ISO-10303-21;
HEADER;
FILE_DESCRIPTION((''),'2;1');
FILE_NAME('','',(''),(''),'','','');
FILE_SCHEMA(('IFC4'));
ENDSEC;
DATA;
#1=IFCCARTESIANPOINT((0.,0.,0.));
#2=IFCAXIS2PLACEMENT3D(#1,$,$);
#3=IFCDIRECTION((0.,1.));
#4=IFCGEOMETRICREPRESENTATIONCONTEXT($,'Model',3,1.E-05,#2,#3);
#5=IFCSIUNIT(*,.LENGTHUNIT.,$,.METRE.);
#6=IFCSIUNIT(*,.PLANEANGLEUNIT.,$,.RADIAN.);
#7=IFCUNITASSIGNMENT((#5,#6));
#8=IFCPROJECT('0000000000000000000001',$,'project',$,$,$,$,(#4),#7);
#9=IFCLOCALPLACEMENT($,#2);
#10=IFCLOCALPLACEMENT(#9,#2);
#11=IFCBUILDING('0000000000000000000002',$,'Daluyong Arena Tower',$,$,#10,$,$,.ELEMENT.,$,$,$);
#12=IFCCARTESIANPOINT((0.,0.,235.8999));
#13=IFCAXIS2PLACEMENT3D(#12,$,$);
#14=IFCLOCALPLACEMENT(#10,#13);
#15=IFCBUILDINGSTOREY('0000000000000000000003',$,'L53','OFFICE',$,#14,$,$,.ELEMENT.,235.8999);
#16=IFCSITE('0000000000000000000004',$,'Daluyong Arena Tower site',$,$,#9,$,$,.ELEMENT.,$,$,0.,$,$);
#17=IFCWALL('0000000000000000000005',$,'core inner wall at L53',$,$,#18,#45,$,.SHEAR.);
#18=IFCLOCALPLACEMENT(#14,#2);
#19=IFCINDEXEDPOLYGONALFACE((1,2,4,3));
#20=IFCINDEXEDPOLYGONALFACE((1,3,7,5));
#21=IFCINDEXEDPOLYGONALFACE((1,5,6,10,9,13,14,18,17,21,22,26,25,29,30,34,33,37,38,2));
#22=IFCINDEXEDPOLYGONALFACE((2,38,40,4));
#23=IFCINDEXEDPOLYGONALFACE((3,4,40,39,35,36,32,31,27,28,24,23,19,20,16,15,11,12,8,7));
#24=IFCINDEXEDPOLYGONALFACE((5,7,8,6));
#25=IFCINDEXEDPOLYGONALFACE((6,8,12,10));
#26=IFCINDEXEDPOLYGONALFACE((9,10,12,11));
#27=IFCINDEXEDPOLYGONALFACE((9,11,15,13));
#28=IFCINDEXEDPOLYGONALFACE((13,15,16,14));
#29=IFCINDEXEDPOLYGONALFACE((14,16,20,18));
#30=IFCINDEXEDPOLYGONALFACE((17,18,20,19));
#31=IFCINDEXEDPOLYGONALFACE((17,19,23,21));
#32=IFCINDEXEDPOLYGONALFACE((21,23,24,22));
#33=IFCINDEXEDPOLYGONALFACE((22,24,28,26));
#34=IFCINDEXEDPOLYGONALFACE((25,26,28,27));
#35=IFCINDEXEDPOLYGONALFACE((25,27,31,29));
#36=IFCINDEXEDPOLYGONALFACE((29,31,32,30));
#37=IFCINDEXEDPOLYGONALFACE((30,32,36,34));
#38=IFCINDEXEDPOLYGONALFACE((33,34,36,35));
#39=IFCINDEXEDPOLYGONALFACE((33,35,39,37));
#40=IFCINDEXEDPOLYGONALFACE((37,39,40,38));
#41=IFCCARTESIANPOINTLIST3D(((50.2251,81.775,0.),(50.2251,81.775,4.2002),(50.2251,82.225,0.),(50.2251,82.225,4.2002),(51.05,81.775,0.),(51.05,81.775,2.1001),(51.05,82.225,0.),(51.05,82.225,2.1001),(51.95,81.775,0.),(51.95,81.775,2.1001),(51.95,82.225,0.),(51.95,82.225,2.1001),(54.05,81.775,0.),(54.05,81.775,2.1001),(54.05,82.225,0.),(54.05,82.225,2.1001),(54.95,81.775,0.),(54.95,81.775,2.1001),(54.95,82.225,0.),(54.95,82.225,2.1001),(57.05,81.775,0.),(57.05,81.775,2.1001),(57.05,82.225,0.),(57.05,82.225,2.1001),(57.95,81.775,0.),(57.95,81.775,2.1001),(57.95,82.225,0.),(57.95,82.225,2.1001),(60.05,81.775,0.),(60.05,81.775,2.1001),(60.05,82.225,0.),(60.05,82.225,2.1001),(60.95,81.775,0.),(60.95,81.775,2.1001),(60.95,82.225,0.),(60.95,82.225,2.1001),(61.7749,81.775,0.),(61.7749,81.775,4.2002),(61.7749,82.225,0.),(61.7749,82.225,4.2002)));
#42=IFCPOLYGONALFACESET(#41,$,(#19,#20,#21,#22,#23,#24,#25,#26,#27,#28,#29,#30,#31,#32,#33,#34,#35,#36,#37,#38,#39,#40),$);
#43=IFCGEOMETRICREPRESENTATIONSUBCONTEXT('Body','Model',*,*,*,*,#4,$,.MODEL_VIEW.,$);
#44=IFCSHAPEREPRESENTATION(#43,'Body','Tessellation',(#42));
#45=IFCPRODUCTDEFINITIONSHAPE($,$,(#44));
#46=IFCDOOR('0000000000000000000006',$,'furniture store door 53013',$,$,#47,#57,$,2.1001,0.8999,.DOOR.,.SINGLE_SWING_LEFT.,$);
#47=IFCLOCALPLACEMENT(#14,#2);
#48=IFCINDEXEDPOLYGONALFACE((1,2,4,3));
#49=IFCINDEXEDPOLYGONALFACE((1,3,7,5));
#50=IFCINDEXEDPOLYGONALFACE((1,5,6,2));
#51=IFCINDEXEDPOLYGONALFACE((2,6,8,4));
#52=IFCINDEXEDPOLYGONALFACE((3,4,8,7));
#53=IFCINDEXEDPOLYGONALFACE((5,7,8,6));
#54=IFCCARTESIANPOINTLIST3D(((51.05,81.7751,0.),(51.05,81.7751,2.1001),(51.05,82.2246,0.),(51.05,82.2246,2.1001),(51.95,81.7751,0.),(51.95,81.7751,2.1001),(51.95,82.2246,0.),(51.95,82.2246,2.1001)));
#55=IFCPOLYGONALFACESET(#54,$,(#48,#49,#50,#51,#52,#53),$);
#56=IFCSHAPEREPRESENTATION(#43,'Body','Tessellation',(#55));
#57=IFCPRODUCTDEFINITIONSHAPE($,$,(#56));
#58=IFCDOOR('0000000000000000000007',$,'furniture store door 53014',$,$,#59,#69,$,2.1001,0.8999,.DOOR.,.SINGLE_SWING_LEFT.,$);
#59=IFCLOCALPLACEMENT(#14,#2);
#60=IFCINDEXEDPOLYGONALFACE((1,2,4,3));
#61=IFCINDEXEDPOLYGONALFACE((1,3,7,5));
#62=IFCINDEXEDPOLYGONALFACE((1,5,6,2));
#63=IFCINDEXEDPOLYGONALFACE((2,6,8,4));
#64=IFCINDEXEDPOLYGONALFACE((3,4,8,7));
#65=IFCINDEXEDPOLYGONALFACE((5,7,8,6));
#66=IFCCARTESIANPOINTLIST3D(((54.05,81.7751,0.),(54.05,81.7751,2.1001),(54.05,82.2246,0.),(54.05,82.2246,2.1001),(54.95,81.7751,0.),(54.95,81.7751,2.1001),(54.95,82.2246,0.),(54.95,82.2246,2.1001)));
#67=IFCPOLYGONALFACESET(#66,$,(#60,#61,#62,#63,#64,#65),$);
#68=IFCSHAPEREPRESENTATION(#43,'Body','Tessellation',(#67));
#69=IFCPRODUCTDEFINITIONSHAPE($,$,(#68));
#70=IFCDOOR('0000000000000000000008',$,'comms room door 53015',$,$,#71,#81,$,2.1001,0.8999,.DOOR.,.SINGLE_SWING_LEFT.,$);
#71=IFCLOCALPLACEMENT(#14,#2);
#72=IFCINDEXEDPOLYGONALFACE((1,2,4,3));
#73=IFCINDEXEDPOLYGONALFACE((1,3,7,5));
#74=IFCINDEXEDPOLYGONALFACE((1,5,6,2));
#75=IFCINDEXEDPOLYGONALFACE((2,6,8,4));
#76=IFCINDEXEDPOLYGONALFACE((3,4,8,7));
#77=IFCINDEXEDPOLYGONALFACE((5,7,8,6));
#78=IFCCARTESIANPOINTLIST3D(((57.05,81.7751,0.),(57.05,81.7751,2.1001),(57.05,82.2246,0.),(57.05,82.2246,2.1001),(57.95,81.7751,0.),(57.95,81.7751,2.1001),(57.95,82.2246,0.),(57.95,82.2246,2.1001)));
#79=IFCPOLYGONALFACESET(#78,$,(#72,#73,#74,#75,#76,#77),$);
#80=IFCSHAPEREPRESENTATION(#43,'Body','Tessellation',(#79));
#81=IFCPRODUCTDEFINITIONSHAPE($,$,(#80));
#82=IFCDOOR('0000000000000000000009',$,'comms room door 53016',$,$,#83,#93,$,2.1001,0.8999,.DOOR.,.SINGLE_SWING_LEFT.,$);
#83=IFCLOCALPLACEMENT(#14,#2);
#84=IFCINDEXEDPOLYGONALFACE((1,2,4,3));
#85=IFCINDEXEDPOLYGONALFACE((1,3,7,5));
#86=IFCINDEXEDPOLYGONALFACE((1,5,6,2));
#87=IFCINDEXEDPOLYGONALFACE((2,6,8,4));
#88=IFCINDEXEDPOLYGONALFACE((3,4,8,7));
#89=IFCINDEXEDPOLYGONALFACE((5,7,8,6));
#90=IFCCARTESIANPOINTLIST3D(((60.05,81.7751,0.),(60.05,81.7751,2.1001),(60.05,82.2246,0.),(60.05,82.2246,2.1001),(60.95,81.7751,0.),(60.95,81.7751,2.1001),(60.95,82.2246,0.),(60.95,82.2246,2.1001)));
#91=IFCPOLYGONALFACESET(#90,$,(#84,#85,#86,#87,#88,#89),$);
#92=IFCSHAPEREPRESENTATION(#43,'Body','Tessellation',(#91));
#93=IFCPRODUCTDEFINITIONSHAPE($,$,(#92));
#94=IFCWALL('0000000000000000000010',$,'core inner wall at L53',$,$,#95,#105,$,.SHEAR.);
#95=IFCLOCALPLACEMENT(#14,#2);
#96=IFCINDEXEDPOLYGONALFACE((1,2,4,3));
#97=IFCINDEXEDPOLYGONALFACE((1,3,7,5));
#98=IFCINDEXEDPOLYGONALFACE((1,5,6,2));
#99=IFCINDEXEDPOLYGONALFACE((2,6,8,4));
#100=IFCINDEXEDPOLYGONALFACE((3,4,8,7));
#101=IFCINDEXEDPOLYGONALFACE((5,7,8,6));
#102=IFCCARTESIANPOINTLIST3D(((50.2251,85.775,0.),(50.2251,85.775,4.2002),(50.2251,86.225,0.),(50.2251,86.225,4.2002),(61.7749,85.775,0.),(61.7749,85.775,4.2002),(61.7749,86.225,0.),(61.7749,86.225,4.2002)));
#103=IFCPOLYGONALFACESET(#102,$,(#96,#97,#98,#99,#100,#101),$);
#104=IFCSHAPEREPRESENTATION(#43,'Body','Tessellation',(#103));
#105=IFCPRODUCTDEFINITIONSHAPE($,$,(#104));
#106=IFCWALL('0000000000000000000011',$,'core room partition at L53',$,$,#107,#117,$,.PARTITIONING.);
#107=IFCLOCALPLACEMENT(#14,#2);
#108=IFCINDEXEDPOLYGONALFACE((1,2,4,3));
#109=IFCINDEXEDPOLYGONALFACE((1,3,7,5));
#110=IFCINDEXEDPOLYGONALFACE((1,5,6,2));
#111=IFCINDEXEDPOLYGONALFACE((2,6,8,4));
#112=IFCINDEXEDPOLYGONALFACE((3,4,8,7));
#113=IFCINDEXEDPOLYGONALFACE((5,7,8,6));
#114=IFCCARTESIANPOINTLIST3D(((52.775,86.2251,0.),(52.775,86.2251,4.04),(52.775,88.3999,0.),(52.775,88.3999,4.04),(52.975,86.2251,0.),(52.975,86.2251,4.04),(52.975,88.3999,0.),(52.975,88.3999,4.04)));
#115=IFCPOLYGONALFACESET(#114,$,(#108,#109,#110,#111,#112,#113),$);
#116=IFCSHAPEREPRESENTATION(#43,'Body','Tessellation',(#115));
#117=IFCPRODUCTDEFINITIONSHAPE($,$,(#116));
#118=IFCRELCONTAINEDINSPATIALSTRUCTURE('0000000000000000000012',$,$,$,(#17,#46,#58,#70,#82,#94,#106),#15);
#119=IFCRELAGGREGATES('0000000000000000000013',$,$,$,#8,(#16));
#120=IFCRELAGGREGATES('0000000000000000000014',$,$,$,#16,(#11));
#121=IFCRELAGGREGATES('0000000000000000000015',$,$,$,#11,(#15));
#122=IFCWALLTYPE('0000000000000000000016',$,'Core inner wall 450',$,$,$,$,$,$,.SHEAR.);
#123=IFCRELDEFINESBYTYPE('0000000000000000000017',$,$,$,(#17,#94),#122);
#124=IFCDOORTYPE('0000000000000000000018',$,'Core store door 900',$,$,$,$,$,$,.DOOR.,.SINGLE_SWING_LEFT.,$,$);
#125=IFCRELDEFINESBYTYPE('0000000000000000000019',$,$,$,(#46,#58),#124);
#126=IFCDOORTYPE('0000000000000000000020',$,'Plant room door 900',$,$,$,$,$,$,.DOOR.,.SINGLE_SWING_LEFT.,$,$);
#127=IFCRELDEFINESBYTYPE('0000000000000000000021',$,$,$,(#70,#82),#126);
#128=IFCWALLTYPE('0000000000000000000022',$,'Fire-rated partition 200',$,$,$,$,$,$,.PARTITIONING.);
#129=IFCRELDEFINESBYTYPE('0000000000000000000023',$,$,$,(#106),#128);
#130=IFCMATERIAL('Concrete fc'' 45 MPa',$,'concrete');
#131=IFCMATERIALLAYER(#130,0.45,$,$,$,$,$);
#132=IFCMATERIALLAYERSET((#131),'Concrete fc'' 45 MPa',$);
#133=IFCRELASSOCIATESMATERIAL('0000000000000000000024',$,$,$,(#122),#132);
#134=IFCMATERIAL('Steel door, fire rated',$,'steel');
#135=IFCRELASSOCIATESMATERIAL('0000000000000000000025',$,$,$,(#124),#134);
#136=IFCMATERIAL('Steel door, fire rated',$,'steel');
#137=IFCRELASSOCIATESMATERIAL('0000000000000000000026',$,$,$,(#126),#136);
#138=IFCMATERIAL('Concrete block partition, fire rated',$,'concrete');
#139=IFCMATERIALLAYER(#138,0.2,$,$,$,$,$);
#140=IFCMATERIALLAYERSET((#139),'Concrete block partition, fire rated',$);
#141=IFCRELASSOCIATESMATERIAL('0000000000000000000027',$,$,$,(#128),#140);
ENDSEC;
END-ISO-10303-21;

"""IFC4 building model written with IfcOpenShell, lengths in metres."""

from ifc_helpers import new_model, si_unit, direction, frame, frame_2d, origin, place, context, subcontext, project, spatial, rectangle, extrude, material, layer, layer_set, type_object, element, fill, save


model = new_model("IFC4")

# Units and contexts
model_context = context("Model", 3, precision=1e-05, world=origin(), true_north=direction((0.0, 1.0)))
body_context = subcontext(model_context, "Body", "Model", "MODEL_VIEW")
ifc_project = project(units=[si_unit("LENGTHUNIT", "METRE"), si_unit("PLANEANGLEUNIT", "RADIAN")], contexts=[model_context])

# Site, building, storey
site_placement = place(None, origin())
site = spatial("IfcSite", under=ifc_project, at=site_placement, Name="Daluyong Arena Tower site", CompositionType="ELEMENT", RefElevation=0.0)
building_placement = place(site_placement, origin())
building = spatial("IfcBuilding", under=site, at=building_placement, Name="Daluyong Arena Tower", CompositionType="ELEMENT")
storey_placement = place(building_placement, frame((0.0, 0.0, 235.8999)))
storey = spatial("IfcBuildingStorey", under=building, at=storey_placement, Name="L53", Description="OFFICE", CompositionType="ELEMENT", Elevation=235.8999)

# Wall, openings, doors
ifc_material_1 = material(Name="Concrete fc' 45 MPa", Category="concrete")
ifc_layer_1 = layer(ifc_material_1, 0.45)
ifc_layer_set_1 = layer_set([ifc_layer_1], Name="Concrete fc' 45 MPa")
wall_type_1 = type_object("IfcWallType", Name="Core inner wall 450", PredefinedType="SHEAR", material=ifc_layer_set_1)
ifc_material_2 = material(Name="Steel door, fire rated", Category="steel")
door_type_1 = type_object("IfcDoorType", Name="Core store door 900", OperationType="SINGLE_SWING_LEFT", PredefinedType="DOOR", material=ifc_material_2)
wall_1_placement = place(storey_placement, frame((50.2251, 82.0, 0.0), z_axis=(0.0, 0.0, 1.0), x_axis=(1.0, 0.0, 0.0)))
wall_1 = element("IfcWall", 1, at=wall_1_placement, inside=storey, type_object=wall_type_1, Name="core inner wall at L53", PredefinedType="SHEAR", context=body_context, shape_type="SweptSolid", body=[
    extrude(rectangle(XDim=11.5498, YDim=0.45, at=frame_2d((5.7749, 0.0))), origin(), (0.0, 0.0, 1.0), 4.2002),
])
opening_1_placement = place(wall_1_placement, frame((0.825, 0.0, 0.0)))
opening_1 = element("IfcOpeningElement", 2, at=opening_1_placement, cuts=wall_1, PredefinedType="OPENING", context=body_context, shape_type="SweptSolid", body=[
    extrude(rectangle(XDim=0.8999, YDim=2.1001, at=frame_2d((0.45, 1.05))), frame((0.0, 0.2349, 0.0), z_axis=(0.0, -1.0, 0.0), x_axis=(1.0, 0.0, 0.0)), (0.0, 0.0, 1.0), 0.47),
])
opening_2_placement = place(wall_1_placement, frame((3.825, 0.0, 0.0)))
opening_2 = element("IfcOpeningElement", 3, at=opening_2_placement, cuts=wall_1, PredefinedType="OPENING", context=body_context, shape_type="SweptSolid", body=[
    extrude(rectangle(XDim=0.8999, YDim=2.1001, at=frame_2d((0.45, 1.05))), frame((0.0, 0.2349, 0.0), z_axis=(0.0, -1.0, 0.0), x_axis=(1.0, 0.0, 0.0)), (0.0, 0.0, 1.0), 0.47),
])
opening_3_placement = place(wall_1_placement, frame((6.825, 0.0, 0.0)))
opening_3 = element("IfcOpeningElement", 4, at=opening_3_placement, cuts=wall_1, PredefinedType="OPENING", context=body_context, shape_type="SweptSolid", body=[
    extrude(rectangle(XDim=0.8999, YDim=2.1001, at=frame_2d((0.45, 1.05))), frame((0.0, 0.2349, 0.0), z_axis=(0.0, -1.0, 0.0), x_axis=(1.0, 0.0, 0.0)), (0.0, 0.0, 1.0), 0.47),
])
opening_4_placement = place(wall_1_placement, frame((9.825, 0.0, 0.0)))
opening_4 = element("IfcOpeningElement", 5, at=opening_4_placement, cuts=wall_1, PredefinedType="OPENING", context=body_context, shape_type="SweptSolid", body=[
    extrude(rectangle(XDim=0.8999, YDim=2.1001, at=frame_2d((0.45, 1.05))), frame((0.0, 0.2349, 0.0), z_axis=(0.0, -1.0, 0.0), x_axis=(1.0, 0.0, 0.0)), (0.0, 0.0, 1.0), 0.47),
])
door_1_placement = place(opening_1_placement, origin())
door_1 = element("IfcDoor", 6, at=door_1_placement, inside=storey, type_object=door_type_1, Name="furniture store door 53013", OperationType="SINGLE_SWING_LEFT", OverallHeight=2.1001, OverallWidth=0.8999, PredefinedType="DOOR", context=body_context, shape_type="SweptSolid", body=[
    extrude(rectangle(XDim=0.8999, YDim=2.1001, at=frame_2d((0.45, 1.05))), frame((0.0, 0.2246, 0.0), z_axis=(0.0, -1.0, 0.0), x_axis=(1.0, 0.0, 0.0)), (0.0, 0.0, 1.0), 0.4495),
])
fill(opening_1, door_1)
door_2_placement = place(opening_2_placement, origin())
door_2 = element("IfcDoor", 7, at=door_2_placement, inside=storey, type_object=door_type_1, Name="furniture store door 53014", OperationType="SINGLE_SWING_LEFT", OverallHeight=2.1001, OverallWidth=0.8999, PredefinedType="DOOR", context=body_context, shape_type="SweptSolid", body=[
    extrude(rectangle(XDim=0.8999, YDim=2.1001, at=frame_2d((0.45, 1.05))), frame((0.0, 0.2246, 0.0), z_axis=(0.0, -1.0, 0.0), x_axis=(1.0, 0.0, 0.0)), (0.0, 0.0, 1.0), 0.4495),
])
fill(opening_2, door_2)
ifc_material_3 = material(Name="Steel door, fire rated", Category="steel")
door_type_2 = type_object("IfcDoorType", Name="Plant room door 900", OperationType="SINGLE_SWING_LEFT", PredefinedType="DOOR", material=ifc_material_3)
door_3_placement = place(opening_3_placement, origin())
door_3 = element("IfcDoor", 8, at=door_3_placement, inside=storey, type_object=door_type_2, Name="comms room door 53015", OperationType="SINGLE_SWING_LEFT", OverallHeight=2.1001, OverallWidth=0.8999, PredefinedType="DOOR", context=body_context, shape_type="SweptSolid", body=[
    extrude(rectangle(XDim=0.8999, YDim=2.1001, at=frame_2d((0.45, 1.05))), frame((0.0, 0.2246, 0.0), z_axis=(0.0, -1.0, 0.0), x_axis=(1.0, 0.0, 0.0)), (0.0, 0.0, 1.0), 0.4495),
])
fill(opening_3, door_3)
door_4_placement = place(opening_4_placement, origin())
door_4 = element("IfcDoor", 9, at=door_4_placement, inside=storey, type_object=door_type_2, Name="comms room door 53016", OperationType="SINGLE_SWING_LEFT", OverallHeight=2.1001, OverallWidth=0.8999, PredefinedType="DOOR", context=body_context, shape_type="SweptSolid", body=[
    extrude(rectangle(XDim=0.8999, YDim=2.1001, at=frame_2d((0.45, 1.05))), frame((0.0, 0.2246, 0.0), z_axis=(0.0, -1.0, 0.0), x_axis=(1.0, 0.0, 0.0)), (0.0, 0.0, 1.0), 0.4495),
])
fill(opening_4, door_4)

# Walls
wall_2_placement = place(storey_placement, frame((50.2251, 86.0, 0.0), z_axis=(0.0, 0.0, 1.0), x_axis=(1.0, 0.0, 0.0)))
element("IfcWall", 10, at=wall_2_placement, inside=storey, type_object=wall_type_1, Name="core inner wall at L53", PredefinedType="SHEAR", context=body_context, shape_type="SweptSolid", body=[
    extrude(rectangle(XDim=11.5498, YDim=0.45, at=frame_2d((5.7749, 0.0))), origin(), (0.0, 0.0, 1.0), 4.2002),
])
ifc_material_4 = material(Name="Concrete block partition, fire rated", Category="concrete")
ifc_layer_2 = layer(ifc_material_4, 0.2)
ifc_layer_set_2 = layer_set([ifc_layer_2], Name="Concrete block partition, fire rated")
wall_type_2 = type_object("IfcWallType", Name="Fire-rated partition 200", PredefinedType="PARTITIONING", material=ifc_layer_set_2)
wall_3_placement = place(storey_placement, frame((52.875, 86.2251, 0.0), z_axis=(0.0, 0.0, 1.0), x_axis=(0.0, 1.0, 0.0)))
element("IfcWall", 11, at=wall_3_placement, inside=storey, type_object=wall_type_2, Name="core room partition at L53", PredefinedType="PARTITIONING", context=body_context, shape_type="SweptSolid", body=[
    extrude(rectangle(XDim=2.1748, YDim=0.2, at=frame_2d((1.0874, 0.0))), origin(), (0.0, 0.0, 1.0), 4.04),
])

save(model, "model.ifc")
